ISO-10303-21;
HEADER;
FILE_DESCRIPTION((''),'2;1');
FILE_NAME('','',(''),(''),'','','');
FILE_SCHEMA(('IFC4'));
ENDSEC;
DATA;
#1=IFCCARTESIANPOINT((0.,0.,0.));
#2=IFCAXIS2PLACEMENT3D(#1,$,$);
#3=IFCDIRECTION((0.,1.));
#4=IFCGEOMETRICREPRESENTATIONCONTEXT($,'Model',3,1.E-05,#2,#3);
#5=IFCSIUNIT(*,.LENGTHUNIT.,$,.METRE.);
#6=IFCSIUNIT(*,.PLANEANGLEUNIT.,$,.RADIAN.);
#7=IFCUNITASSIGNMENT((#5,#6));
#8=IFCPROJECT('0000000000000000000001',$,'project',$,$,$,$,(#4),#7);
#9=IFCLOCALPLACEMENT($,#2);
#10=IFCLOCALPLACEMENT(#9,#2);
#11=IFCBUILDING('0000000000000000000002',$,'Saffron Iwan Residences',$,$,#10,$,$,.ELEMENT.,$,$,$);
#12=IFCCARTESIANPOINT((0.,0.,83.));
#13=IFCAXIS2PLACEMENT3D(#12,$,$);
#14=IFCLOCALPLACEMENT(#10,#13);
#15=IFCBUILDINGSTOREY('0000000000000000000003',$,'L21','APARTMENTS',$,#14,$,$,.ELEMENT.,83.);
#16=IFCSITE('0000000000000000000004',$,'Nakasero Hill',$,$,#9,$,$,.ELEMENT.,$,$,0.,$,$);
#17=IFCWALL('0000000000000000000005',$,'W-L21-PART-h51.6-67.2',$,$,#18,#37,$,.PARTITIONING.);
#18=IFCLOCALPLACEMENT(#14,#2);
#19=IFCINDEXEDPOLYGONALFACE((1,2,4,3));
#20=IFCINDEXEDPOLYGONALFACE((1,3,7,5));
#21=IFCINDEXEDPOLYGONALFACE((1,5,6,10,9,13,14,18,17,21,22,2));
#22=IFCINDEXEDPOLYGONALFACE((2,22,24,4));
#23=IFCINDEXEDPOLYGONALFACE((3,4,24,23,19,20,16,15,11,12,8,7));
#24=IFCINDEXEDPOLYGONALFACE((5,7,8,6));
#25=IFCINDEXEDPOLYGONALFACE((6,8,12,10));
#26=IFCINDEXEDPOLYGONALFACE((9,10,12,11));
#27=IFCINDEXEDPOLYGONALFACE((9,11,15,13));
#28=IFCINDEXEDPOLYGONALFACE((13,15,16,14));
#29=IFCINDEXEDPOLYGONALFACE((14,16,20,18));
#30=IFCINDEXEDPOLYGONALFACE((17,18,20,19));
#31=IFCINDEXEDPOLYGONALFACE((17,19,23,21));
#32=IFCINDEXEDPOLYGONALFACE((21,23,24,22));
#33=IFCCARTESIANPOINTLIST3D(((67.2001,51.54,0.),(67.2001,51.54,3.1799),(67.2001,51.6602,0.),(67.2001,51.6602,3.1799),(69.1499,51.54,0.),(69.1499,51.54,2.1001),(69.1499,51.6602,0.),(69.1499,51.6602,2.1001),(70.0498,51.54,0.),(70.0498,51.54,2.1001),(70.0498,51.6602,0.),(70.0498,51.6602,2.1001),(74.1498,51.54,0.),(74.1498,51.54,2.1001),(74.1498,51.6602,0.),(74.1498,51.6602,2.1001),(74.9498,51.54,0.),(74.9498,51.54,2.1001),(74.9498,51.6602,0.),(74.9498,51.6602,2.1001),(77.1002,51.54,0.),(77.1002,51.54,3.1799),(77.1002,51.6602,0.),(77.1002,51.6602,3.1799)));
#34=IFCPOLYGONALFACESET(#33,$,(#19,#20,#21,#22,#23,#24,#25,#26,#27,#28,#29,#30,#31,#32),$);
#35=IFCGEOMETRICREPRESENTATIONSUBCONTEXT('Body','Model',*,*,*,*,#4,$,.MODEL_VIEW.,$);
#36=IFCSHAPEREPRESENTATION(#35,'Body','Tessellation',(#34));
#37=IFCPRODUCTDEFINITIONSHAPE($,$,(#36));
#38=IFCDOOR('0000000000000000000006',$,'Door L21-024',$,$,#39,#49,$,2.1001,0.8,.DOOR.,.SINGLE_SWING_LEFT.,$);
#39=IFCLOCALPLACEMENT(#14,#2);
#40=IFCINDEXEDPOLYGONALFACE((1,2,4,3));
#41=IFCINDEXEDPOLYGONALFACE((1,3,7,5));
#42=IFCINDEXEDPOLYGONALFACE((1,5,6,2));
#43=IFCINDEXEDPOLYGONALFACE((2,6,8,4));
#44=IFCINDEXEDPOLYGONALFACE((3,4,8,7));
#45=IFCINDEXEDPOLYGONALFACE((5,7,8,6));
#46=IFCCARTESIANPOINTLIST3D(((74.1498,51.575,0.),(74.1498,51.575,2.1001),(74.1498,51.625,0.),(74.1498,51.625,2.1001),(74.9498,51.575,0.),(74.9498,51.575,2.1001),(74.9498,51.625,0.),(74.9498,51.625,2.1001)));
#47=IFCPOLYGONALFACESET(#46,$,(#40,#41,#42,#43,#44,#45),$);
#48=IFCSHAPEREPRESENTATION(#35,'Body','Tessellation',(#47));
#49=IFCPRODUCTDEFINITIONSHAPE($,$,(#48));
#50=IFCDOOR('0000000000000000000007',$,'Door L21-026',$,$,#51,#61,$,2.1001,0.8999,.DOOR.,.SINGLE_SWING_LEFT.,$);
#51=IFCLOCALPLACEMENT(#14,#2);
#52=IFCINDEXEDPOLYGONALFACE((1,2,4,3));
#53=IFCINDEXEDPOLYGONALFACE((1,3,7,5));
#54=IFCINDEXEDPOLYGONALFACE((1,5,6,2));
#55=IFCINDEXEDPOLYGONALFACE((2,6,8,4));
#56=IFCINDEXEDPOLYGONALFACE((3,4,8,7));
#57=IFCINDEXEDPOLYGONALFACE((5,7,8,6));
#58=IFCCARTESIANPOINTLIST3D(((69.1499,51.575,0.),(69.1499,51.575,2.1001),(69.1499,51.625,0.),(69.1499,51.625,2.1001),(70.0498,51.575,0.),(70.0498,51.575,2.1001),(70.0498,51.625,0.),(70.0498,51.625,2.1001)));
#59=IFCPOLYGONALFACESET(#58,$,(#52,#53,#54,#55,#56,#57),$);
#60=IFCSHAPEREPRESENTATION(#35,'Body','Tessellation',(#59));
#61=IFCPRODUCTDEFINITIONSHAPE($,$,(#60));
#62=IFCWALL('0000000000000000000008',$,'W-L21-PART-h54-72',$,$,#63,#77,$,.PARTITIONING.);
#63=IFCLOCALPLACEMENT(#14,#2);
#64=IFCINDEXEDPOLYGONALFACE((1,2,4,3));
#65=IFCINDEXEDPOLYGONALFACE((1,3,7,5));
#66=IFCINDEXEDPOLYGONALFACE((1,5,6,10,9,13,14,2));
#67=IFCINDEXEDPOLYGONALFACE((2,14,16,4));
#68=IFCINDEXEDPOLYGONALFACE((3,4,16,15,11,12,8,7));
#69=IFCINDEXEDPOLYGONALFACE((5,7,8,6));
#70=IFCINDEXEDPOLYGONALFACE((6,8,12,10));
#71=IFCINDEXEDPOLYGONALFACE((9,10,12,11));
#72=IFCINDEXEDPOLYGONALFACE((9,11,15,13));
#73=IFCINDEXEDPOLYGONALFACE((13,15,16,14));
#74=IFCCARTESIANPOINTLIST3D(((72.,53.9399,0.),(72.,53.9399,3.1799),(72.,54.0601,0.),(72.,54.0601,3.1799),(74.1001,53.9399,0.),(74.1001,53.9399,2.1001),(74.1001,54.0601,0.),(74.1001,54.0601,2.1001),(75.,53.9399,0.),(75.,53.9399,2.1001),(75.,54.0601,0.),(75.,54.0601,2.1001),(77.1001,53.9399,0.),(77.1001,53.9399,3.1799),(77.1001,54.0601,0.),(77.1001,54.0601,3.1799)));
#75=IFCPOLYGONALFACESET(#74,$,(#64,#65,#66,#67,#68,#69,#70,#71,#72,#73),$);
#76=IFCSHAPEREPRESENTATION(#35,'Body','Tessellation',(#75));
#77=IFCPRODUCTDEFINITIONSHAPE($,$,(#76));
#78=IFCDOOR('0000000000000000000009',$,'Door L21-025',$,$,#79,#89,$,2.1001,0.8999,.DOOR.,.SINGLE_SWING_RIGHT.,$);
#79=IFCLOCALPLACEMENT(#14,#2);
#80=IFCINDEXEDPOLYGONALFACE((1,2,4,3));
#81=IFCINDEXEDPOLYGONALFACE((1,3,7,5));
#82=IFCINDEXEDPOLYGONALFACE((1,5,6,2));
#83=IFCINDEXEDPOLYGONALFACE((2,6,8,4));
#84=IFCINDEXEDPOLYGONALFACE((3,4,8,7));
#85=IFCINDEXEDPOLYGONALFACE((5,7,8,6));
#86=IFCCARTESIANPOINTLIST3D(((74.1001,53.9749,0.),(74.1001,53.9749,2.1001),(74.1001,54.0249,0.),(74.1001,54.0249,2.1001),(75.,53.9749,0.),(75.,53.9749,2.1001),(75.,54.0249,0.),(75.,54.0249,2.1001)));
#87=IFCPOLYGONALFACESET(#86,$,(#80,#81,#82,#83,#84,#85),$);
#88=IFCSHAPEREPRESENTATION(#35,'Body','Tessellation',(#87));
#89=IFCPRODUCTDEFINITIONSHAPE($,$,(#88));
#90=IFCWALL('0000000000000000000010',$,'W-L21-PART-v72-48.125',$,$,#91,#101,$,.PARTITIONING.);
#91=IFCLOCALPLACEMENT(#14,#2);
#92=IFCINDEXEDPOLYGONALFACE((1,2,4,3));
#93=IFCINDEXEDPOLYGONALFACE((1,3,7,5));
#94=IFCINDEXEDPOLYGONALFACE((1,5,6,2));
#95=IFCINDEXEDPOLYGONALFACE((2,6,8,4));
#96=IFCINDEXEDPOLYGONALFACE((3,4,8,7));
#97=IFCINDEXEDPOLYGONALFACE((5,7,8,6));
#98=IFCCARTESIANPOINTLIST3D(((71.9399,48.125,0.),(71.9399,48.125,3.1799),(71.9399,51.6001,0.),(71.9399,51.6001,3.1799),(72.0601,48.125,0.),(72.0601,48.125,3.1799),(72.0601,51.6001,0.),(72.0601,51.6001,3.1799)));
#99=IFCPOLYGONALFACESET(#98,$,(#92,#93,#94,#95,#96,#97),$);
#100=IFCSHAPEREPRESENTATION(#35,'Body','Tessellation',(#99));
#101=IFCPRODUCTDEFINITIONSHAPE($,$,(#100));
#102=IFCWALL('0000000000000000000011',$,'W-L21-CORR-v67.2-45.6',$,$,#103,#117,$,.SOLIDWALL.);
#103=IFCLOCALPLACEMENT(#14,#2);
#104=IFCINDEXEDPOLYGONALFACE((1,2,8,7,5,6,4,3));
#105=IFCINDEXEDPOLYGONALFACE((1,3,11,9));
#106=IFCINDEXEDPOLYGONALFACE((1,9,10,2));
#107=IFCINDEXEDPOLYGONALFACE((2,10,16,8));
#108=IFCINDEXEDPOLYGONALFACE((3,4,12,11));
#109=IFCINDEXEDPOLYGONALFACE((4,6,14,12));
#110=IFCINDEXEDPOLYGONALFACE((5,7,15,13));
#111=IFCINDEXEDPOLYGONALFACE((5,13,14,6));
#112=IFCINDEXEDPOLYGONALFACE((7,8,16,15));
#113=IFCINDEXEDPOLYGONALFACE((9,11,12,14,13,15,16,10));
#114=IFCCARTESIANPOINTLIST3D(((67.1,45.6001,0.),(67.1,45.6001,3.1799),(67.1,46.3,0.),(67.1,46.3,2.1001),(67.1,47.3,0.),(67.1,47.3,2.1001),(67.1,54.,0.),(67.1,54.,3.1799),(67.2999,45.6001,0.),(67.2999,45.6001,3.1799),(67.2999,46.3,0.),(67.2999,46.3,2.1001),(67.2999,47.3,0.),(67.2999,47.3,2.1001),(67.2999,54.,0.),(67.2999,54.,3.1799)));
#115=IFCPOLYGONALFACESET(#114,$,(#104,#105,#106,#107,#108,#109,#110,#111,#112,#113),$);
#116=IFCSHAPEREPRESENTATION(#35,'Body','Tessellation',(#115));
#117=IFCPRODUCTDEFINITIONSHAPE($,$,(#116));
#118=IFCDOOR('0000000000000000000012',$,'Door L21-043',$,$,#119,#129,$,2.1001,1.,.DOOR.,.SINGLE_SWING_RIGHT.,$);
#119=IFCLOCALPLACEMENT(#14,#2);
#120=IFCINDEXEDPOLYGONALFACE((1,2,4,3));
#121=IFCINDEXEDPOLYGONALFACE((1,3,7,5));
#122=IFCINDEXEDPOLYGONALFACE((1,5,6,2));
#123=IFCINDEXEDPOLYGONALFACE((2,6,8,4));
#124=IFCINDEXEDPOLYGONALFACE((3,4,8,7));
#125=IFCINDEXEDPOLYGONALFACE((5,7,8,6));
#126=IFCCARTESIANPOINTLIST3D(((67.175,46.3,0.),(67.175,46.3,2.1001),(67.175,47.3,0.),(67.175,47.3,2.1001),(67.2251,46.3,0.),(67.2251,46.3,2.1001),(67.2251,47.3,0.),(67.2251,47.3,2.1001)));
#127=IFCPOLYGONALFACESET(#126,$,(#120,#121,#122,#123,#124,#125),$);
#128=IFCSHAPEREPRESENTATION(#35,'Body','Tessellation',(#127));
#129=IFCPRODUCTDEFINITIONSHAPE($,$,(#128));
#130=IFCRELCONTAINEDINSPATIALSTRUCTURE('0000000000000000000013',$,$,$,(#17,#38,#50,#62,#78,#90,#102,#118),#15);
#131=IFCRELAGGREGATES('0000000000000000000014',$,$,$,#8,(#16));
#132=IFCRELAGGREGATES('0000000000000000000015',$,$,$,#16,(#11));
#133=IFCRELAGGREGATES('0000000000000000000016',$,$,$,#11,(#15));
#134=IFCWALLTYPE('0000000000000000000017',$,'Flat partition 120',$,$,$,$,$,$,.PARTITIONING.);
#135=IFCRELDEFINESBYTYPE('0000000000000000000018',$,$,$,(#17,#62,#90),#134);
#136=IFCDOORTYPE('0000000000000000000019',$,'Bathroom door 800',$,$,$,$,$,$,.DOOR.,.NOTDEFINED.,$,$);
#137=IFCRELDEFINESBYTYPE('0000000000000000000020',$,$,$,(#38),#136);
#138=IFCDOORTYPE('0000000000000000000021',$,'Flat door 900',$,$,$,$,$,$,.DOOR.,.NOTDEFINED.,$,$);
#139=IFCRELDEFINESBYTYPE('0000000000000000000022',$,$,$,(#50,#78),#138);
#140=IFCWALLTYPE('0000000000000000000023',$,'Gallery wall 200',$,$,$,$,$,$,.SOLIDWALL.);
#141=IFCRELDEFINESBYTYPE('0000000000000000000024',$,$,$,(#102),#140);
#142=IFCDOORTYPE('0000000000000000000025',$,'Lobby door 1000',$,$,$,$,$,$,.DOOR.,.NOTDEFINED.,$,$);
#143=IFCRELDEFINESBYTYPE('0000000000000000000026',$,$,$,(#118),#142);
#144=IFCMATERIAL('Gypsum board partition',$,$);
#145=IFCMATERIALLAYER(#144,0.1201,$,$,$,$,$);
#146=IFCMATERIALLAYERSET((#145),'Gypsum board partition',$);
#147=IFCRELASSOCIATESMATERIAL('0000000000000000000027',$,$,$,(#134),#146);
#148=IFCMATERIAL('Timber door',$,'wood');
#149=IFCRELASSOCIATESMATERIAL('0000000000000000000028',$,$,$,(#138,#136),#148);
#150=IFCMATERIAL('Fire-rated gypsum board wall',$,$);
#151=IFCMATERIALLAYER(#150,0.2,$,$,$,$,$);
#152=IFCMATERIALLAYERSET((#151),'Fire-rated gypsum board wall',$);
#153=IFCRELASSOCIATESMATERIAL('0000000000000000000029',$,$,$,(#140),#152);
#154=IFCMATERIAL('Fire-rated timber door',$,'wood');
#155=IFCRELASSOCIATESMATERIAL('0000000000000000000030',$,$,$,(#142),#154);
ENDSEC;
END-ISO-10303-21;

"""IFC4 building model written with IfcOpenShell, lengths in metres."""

from ifc_helpers import new_model, si_unit, direction, frame, frame_2d, origin, place, context, subcontext, project, spatial, rectangle, extrude, material, layer, layer_set, type_object, element, fill, save


model = new_model("IFC4")

# Units and contexts
model_context = context("Model", 3, precision=1e-05, world=origin(), true_north=direction((0.0, 1.0)))
body_context = subcontext(model_context, "Body", "Model", "MODEL_VIEW")
ifc_project = project(units=[si_unit("LENGTHUNIT", "METRE"), si_unit("PLANEANGLEUNIT", "RADIAN")], contexts=[model_context])

# Site, building, storey
site_placement = place(None, origin())
site = spatial("IfcSite", under=ifc_project, at=site_placement, Name="Nakasero Hill", CompositionType="ELEMENT", RefElevation=0.0)
building_placement = place(site_placement, origin())
building = spatial("IfcBuilding", under=site, at=building_placement, Name="Saffron Iwan Residences", CompositionType="ELEMENT")
storey_placement = place(building_placement, frame((0.0, 0.0, 83.0)))
storey = spatial("IfcBuildingStorey", under=building, at=storey_placement, Name="L21", Description="APARTMENTS", CompositionType="ELEMENT", Elevation=83.0)

# Shared definitions
ifc_material_1 = material(Name="Fire-rated gypsum board wall")

# Shared definitions
ifc_material_2 = material(Name="Gypsum board partition")
ifc_layer_1 = layer(ifc_material_2, 0.1201)
ifc_layer_set_1 = layer_set([ifc_layer_1], Name="Gypsum board partition")
wall_type_1 = type_object("IfcWallType", Name="Flat partition 120", PredefinedType="PARTITIONING", material=ifc_layer_set_1)
ifc_material_3 = material(Name="Timber door", Category="wood")
door_type_1 = type_object("IfcDoorType", Name="Flat door 900", OperationType="NOTDEFINED", PredefinedType="DOOR", material=ifc_material_3)

# Wall, openings, doors
wall_1_placement = place(storey_placement, frame((67.2, 51.6001, 0.0), z_axis=(0.0, 0.0, 1.0), x_axis=(1.0, 0.0, 0.0)))
wall_1 = element("IfcWall", 1, at=wall_1_placement, inside=storey, type_object=wall_type_1, Name="W-L21-PART-h51.6-67.2", PredefinedType="PARTITIONING", context=body_context, shape_type="SweptSolid", body=[
    extrude(rectangle(XDim=9.9001, YDim=0.1201, at=frame_2d((4.9502, 0.0))), origin(), (0.0, 0.0, 1.0), 3.1799),
])
opening_1_placement = place(wall_1_placement, frame((6.95, 0.0, 0.0)))
opening_1 = element("IfcOpeningElement", 2, at=opening_1_placement, cuts=wall_1, PredefinedType="OPENING", context=body_context, shape_type="SweptSolid", body=[
    extrude(rectangle(XDim=0.8, YDim=2.1001, at=frame_2d((0.3999, 1.05))), frame((0.0, 0.0701, 0.0), z_axis=(0.0, -1.0, 0.0), x_axis=(1.0, 0.0, 0.0)), (0.0, 0.0, 1.0), 0.1401),
])
opening_2_placement = place(wall_1_placement, frame((1.95, 0.0, 0.0)))
opening_2 = element("IfcOpeningElement", 3, at=opening_2_placement, cuts=wall_1, PredefinedType="OPENING", context=body_context, shape_type="SweptSolid", body=[
    extrude(rectangle(XDim=0.8999, YDim=2.1001, at=frame_2d((0.45, 1.05))), frame((0.0, 0.0701, 0.0), z_axis=(0.0, -1.0, 0.0), x_axis=(1.0, 0.0, 0.0)), (0.0, 0.0, 1.0), 0.1401),
])
door_type_2 = type_object("IfcDoorType", Name="Bathroom door 800", OperationType="NOTDEFINED", PredefinedType="DOOR", material=ifc_material_3)
door_1_placement = place(opening_1_placement, origin())
door_1 = element("IfcDoor", 4, at=door_1_placement, inside=storey, type_object=door_type_2, Name="Door L21-024", OperationType="SINGLE_SWING_LEFT", OverallHeight=2.1001, OverallWidth=0.8, PredefinedType="DOOR", context=body_context, shape_type="SweptSolid", body=[
    extrude(rectangle(XDim=0.8, YDim=2.1001, at=frame_2d((0.3999, 1.05))), frame((0.0, 0.0249, 0.0), z_axis=(0.0, -1.0, 0.0), x_axis=(1.0, 0.0, 0.0)), (0.0, 0.0, 1.0), 0.05),
])
fill(opening_1, door_1)
door_2_placement = place(opening_2_placement, origin())
door_2 = element("IfcDoor", 5, at=door_2_placement, inside=storey, type_object=door_type_1, Name="Door L21-026", OperationType="SINGLE_SWING_LEFT", OverallHeight=2.1001, OverallWidth=0.8999, PredefinedType="DOOR", context=body_context, shape_type="SweptSolid", body=[
    extrude(rectangle(XDim=0.8999, YDim=2.1001, at=frame_2d((0.45, 1.05))), frame((0.0, 0.0249, 0.0), z_axis=(0.0, -1.0, 0.0), x_axis=(1.0, 0.0, 0.0)), (0.0, 0.0, 1.0), 0.05),
])
fill(opening_2, door_2)

# Wall, opening, door
wall_2_placement = place(storey_placement, frame((72.0, 54.0, 0.0), z_axis=(0.0, 0.0, 1.0), x_axis=(1.0, 0.0, 0.0)))
wall_2 = element("IfcWall", 6, at=wall_2_placement, inside=storey, type_object=wall_type_1, Name="W-L21-PART-h54-72", PredefinedType="PARTITIONING", context=body_context, shape_type="SweptSolid", body=[
    extrude(rectangle(XDim=5.1001, YDim=0.1201, at=frame_2d((2.55, 0.0))), origin(), (0.0, 0.0, 1.0), 3.1799),
])
opening_3_placement = place(wall_2_placement, frame((2.1001, 0.0, 0.0)))
opening_3 = element("IfcOpeningElement", 7, at=opening_3_placement, cuts=wall_2, PredefinedType="OPENING", context=body_context, shape_type="SweptSolid", body=[
    extrude(rectangle(XDim=0.8999, YDim=2.1001, at=frame_2d((0.45, 1.05))), frame((0.0, 0.0701, 0.0), z_axis=(0.0, -1.0, 0.0), x_axis=(1.0, 0.0, 0.0)), (0.0, 0.0, 1.0), 0.1401),
])
door_3_placement = place(opening_3_placement, origin())
door_3 = element("IfcDoor", 8, at=door_3_placement, inside=storey, type_object=door_type_1, Name="Door L21-025", OperationType="SINGLE_SWING_RIGHT", OverallHeight=2.1001, OverallWidth=0.8999, PredefinedType="DOOR", context=body_context, shape_type="SweptSolid", body=[
    extrude(rectangle(XDim=0.8999, YDim=2.1001, at=frame_2d((0.45, 1.05))), frame((0.0, 0.0249, 0.0), z_axis=(0.0, -1.0, 0.0), x_axis=(1.0, 0.0, 0.0)), (0.0, 0.0, 1.0), 0.05),
])
fill(opening_3, door_3)

# Wall
wall_3_placement = place(storey_placement, frame((72.0, 48.125, 0.0), z_axis=(0.0, 0.0, 1.0), x_axis=(0.0, 1.0, 0.0)))
element("IfcWall", 9, at=wall_3_placement, inside=storey, type_object=wall_type_1, Name="W-L21-PART-v72-48.125", PredefinedType="PARTITIONING", context=body_context, shape_type="SweptSolid", body=[
    extrude(rectangle(XDim=3.4751, YDim=0.1201, at=frame_2d((1.7375, 0.0))), origin(), (0.0, 0.0, 1.0), 3.1799),
])

# Wall, opening, door
ifc_layer_2 = layer(ifc_material_1, 0.2)
ifc_layer_set_2 = layer_set([ifc_layer_2], Name="Fire-rated gypsum board wall")
wall_type_2 = type_object("IfcWallType", Name="Gallery wall 200", PredefinedType="SOLIDWALL", material=ifc_layer_set_2)
wall_4_placement = place(storey_placement, frame((67.2, 45.6001, 0.0), z_axis=(0.0, 0.0, 1.0), x_axis=(0.0, 1.0, 0.0)))
wall_4 = element("IfcWall", 10, at=wall_4_placement, inside=storey, type_object=wall_type_2, Name="W-L21-CORR-v67.2-45.6", PredefinedType="SOLIDWALL", context=body_context, shape_type="SweptSolid", body=[
    extrude(rectangle(XDim=8.3999, YDim=0.2, at=frame_2d((4.2, 0.0))), origin(), (0.0, 0.0, 1.0), 3.1799),
])
opening_4_placement = place(wall_4_placement, frame((0.7, 0.0, 0.0)))
opening_4 = element("IfcOpeningElement", 11, at=opening_4_placement, cuts=wall_4, PredefinedType="OPENING", context=body_context, shape_type="SweptSolid", body=[
    extrude(rectangle(XDim=1.0, YDim=2.1001, at=frame_2d((0.5, 1.05))), frame((0.0, 0.1099, 0.0), z_axis=(0.0, -1.0, 0.0), x_axis=(1.0, 0.0, 0.0)), (0.0, 0.0, 1.0), 0.22),
])
ifc_material_4 = material(Name="Fire-rated timber door", Category="wood")
door_type_3 = type_object("IfcDoorType", Name="Lobby door 1000", OperationType="NOTDEFINED", PredefinedType="DOOR", material=ifc_material_4)
door_4_placement = place(opening_4_placement, origin())
door_4 = element("IfcDoor", 12, at=door_4_placement, inside=storey, type_object=door_type_3, Name="Door L21-043", OperationType="SINGLE_SWING_RIGHT", OverallHeight=2.1001, OverallWidth=1.0, PredefinedType="DOOR", context=body_context, shape_type="SweptSolid", body=[
    extrude(rectangle(XDim=1.0, YDim=2.1001, at=frame_2d((0.5, 1.05))), frame((0.0, 0.0249, 0.0), z_axis=(0.0, -1.0, 0.0), x_axis=(1.0, 0.0, 0.0)), (0.0, 0.0, 1.0), 0.05),
])
fill(opening_4, door_4)

save(model, "model.ifc")
